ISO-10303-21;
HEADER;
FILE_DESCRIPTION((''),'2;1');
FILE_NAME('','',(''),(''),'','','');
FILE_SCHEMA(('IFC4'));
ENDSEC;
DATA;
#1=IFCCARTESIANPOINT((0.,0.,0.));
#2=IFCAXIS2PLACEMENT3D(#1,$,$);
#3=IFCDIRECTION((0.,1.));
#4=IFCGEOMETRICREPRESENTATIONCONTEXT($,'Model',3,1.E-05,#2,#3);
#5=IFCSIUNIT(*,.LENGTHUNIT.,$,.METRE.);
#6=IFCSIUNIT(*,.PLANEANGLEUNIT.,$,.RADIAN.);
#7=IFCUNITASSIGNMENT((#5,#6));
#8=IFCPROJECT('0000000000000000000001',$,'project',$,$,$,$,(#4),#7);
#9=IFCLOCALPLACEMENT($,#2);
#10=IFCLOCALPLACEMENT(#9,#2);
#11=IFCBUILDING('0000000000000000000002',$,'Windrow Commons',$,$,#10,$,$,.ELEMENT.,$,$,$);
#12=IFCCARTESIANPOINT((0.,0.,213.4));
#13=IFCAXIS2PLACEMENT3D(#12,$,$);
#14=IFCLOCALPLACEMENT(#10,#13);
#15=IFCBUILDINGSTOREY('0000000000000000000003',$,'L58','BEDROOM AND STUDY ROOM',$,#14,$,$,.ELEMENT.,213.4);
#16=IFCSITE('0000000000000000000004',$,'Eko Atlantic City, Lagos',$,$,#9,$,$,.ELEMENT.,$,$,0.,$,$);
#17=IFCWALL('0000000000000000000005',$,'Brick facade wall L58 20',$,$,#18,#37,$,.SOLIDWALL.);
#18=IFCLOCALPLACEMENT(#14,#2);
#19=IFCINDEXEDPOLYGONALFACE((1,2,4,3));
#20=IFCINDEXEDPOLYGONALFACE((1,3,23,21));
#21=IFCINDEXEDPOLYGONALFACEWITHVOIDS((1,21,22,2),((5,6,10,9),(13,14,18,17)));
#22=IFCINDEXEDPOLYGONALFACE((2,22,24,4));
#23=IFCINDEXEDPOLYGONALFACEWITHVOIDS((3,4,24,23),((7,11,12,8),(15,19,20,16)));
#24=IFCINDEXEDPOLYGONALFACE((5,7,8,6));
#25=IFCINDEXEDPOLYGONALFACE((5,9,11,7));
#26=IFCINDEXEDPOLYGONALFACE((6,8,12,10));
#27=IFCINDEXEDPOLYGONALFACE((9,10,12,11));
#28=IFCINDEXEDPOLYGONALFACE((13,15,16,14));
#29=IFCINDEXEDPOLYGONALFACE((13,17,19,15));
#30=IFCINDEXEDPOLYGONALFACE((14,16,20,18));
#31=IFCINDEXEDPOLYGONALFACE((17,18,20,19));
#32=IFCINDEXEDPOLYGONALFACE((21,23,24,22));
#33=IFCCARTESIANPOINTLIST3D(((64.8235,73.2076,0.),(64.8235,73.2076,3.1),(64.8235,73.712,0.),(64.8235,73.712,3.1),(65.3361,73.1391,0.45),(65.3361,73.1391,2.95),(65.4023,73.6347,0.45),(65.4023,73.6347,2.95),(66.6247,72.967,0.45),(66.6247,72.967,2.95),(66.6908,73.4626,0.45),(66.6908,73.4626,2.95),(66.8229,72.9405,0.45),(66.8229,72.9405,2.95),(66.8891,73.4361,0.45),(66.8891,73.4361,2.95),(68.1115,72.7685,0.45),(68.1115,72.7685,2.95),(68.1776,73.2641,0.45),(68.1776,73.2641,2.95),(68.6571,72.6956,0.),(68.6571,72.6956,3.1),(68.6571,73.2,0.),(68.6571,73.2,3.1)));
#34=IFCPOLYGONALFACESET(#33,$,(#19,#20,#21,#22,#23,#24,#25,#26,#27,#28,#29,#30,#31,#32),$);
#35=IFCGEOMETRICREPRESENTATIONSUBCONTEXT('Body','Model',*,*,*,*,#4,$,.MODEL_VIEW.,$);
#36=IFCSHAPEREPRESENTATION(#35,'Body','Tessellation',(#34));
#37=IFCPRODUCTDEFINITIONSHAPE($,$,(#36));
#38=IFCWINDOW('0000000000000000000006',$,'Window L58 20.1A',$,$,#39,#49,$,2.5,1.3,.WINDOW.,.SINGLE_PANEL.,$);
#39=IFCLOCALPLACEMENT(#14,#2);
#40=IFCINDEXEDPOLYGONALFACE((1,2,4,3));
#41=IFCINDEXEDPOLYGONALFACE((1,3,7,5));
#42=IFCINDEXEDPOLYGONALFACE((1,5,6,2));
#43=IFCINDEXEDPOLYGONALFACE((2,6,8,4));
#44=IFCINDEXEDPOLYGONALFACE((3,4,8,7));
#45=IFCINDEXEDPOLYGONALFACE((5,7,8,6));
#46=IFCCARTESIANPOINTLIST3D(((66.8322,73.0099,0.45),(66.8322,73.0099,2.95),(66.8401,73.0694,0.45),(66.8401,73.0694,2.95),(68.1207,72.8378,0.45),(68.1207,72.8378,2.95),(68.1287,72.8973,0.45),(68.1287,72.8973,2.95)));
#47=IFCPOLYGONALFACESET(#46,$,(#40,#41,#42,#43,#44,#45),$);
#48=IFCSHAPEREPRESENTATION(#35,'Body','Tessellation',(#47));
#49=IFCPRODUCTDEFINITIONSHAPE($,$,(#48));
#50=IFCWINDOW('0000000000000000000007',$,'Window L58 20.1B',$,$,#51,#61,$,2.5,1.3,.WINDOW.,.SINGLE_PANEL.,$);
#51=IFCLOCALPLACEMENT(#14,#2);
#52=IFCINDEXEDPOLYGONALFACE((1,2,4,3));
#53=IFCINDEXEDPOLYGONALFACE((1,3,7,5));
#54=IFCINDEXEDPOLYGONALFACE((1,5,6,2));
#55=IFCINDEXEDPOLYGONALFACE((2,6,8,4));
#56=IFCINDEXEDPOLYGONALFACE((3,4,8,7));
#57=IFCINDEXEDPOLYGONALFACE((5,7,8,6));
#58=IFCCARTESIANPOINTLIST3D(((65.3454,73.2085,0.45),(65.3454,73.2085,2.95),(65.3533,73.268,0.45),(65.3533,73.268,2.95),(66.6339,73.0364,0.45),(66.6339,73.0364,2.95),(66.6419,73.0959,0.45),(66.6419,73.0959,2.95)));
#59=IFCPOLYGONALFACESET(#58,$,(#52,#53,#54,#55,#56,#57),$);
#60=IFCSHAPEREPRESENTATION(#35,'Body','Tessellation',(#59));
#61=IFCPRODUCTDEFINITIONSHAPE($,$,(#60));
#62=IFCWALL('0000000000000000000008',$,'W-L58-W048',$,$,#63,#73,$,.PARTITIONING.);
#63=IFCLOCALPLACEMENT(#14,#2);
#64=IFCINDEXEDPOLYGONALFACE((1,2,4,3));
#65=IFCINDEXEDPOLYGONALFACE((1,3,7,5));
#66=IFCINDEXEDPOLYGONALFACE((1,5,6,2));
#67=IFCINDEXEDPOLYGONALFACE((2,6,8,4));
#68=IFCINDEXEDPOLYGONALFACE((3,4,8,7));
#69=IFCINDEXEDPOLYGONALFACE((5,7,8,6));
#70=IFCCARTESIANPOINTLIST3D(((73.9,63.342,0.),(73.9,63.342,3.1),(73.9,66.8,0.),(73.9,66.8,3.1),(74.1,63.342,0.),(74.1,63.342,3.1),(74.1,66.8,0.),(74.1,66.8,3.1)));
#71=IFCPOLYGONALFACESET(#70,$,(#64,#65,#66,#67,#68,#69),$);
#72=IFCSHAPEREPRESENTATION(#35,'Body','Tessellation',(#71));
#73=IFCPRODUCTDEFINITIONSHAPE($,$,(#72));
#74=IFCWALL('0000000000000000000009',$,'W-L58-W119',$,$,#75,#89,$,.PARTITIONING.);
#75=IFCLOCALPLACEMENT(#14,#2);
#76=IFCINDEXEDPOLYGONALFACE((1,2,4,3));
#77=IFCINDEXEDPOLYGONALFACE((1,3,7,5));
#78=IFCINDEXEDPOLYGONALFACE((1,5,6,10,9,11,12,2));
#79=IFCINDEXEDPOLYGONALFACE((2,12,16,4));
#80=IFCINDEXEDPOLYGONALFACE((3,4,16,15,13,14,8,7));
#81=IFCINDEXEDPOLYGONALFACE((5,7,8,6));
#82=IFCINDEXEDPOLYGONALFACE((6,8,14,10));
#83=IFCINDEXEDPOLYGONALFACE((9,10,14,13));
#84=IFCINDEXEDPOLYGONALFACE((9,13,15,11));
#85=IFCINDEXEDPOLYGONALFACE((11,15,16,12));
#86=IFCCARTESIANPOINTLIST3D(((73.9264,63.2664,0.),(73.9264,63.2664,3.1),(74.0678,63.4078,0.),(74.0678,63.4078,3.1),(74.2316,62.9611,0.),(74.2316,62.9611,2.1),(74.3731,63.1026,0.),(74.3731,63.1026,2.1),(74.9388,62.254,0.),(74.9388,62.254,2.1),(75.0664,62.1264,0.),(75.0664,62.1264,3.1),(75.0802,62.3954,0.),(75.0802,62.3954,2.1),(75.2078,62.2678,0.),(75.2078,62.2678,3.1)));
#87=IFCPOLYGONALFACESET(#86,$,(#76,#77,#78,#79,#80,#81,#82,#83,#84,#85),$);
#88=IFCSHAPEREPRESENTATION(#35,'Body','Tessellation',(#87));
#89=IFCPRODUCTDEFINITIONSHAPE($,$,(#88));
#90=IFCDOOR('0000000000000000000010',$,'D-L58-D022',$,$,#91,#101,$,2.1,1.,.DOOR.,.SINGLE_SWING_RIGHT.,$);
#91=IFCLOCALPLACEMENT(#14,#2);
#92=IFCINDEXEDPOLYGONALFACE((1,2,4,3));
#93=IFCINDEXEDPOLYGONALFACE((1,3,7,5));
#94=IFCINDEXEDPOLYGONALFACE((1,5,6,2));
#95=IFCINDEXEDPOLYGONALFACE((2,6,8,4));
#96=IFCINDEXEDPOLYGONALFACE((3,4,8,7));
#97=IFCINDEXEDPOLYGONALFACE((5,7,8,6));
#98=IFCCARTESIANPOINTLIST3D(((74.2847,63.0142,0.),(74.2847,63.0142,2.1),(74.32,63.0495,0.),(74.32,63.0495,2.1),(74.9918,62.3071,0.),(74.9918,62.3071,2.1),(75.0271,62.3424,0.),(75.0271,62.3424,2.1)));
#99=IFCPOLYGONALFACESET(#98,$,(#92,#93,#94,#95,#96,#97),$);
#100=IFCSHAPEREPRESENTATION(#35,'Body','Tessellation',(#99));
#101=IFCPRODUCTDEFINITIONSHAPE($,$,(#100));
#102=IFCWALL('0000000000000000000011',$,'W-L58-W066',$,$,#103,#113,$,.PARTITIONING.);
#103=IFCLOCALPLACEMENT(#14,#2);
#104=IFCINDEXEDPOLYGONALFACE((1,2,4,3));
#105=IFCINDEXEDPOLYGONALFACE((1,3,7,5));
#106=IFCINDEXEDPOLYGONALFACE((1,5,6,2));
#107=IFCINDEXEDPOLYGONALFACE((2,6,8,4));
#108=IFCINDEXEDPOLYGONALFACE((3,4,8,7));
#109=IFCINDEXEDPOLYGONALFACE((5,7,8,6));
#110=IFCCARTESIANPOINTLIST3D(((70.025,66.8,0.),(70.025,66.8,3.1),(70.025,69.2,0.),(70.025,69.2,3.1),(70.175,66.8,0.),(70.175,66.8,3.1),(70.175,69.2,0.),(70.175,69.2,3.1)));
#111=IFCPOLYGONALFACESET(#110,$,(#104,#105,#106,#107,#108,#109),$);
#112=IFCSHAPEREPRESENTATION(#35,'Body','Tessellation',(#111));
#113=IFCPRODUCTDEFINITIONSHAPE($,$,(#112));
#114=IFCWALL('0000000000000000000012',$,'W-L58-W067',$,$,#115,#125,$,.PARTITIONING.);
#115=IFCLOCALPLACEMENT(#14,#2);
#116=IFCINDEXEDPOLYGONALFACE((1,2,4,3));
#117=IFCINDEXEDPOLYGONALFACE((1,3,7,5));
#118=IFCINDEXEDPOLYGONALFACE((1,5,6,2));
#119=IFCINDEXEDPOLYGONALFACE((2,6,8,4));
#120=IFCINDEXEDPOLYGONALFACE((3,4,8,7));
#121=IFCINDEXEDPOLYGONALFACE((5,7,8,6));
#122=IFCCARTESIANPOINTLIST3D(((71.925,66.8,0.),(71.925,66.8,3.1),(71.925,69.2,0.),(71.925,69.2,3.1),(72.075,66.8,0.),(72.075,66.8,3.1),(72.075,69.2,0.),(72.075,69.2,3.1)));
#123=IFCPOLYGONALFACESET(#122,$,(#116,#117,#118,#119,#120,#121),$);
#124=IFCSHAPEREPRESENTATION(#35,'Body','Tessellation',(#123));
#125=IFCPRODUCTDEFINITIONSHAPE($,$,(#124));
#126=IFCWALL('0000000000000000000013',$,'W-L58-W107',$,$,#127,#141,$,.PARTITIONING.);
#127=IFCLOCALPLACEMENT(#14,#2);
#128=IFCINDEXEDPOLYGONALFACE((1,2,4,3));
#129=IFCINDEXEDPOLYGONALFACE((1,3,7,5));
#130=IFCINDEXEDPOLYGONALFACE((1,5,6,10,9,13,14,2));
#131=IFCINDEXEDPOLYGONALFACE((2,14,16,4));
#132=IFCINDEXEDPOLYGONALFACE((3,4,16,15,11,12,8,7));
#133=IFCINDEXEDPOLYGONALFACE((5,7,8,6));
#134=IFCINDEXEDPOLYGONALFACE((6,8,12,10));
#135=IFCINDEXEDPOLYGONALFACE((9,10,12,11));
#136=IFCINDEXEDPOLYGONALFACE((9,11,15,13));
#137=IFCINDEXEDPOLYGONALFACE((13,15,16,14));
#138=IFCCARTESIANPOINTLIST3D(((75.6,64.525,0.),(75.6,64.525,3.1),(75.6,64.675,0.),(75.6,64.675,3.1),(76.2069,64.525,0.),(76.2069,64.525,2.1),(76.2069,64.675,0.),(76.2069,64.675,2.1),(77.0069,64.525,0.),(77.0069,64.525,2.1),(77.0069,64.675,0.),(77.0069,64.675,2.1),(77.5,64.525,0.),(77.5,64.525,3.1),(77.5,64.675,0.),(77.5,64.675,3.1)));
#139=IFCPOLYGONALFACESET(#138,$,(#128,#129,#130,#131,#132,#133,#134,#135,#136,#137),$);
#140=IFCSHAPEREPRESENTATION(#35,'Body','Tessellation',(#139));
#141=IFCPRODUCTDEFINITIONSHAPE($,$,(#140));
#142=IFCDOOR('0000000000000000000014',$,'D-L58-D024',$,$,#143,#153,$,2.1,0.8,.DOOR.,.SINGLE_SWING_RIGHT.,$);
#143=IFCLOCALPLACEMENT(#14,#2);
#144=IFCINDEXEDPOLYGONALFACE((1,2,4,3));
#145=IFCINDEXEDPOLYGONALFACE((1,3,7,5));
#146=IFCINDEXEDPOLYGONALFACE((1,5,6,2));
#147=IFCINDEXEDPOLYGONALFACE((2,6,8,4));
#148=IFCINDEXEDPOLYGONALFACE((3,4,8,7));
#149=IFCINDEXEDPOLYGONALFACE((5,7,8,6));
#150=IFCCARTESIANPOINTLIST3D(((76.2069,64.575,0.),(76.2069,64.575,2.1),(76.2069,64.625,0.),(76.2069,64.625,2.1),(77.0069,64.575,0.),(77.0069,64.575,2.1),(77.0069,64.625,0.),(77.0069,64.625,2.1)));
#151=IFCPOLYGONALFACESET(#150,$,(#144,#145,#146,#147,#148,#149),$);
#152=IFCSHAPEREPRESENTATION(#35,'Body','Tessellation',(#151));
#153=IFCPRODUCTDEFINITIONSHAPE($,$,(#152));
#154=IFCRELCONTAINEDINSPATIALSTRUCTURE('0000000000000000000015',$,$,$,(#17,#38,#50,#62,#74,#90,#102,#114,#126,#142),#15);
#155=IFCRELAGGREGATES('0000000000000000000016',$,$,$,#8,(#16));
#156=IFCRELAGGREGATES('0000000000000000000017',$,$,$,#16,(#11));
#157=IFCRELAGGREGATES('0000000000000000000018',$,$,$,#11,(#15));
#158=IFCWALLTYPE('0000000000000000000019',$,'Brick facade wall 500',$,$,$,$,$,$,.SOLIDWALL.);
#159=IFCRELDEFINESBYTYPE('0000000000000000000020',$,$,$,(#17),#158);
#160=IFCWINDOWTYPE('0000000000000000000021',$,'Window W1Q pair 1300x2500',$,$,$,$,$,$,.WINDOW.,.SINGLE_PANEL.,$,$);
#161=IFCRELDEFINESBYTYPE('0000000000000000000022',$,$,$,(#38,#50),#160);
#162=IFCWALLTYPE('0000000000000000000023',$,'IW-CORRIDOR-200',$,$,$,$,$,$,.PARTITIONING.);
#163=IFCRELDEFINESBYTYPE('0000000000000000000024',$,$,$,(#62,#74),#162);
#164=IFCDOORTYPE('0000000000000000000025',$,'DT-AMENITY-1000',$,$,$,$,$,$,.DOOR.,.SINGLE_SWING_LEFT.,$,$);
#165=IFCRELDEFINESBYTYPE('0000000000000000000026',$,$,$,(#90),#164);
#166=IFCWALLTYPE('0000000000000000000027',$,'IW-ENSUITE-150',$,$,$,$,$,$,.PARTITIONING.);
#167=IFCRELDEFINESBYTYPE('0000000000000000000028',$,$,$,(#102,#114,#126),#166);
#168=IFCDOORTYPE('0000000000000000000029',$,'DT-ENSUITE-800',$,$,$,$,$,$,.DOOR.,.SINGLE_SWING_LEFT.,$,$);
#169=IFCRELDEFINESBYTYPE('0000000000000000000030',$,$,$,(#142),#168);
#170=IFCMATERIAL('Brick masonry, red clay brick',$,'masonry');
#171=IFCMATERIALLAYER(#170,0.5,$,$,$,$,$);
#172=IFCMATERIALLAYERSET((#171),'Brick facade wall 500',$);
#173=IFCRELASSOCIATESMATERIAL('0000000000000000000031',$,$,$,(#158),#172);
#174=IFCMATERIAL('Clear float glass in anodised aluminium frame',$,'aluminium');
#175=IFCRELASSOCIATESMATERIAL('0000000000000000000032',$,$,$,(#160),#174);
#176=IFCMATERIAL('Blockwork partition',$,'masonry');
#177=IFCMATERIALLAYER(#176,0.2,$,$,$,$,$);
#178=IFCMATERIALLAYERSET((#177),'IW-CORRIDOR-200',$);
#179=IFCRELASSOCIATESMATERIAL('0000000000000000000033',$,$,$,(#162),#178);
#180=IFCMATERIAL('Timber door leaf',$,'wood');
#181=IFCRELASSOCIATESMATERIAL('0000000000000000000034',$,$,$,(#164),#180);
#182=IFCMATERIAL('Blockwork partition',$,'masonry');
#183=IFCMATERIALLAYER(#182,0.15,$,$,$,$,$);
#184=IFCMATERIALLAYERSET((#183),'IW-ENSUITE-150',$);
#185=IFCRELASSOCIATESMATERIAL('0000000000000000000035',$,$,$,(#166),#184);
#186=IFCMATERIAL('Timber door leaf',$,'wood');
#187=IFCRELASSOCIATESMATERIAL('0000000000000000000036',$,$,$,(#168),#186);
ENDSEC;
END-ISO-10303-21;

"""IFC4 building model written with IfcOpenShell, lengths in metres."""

from ifc_helpers import new_model, si_unit, direction, frame, frame_2d, origin, place, context, subcontext, project, spatial, polyline, rectangle, outline, extrude, material, layer, layer_set, type_object, element, fill, save


model = new_model("IFC4")

# Units and contexts
model_context = context("Model", 3, precision=1e-05, world=origin(), true_north=direction((0.0, 1.0)))
body_context = subcontext(model_context, "Body", "Model", "MODEL_VIEW")
ifc_project = project(units=[si_unit("LENGTHUNIT", "METRE"), si_unit("PLANEANGLEUNIT", "RADIAN")], contexts=[model_context])

# Site, building, storey
site_placement = place(None, origin())
site = spatial("IfcSite", under=ifc_project, at=site_placement, Name="Eko Atlantic City, Lagos", CompositionType="ELEMENT", RefElevation=0.0)
building_placement = place(site_placement, origin())
building = spatial("IfcBuilding", under=site, at=building_placement, Name="Windrow Commons", CompositionType="ELEMENT")
storey_placement = place(building_placement, frame((0.0, 0.0, 213.4)))
storey = spatial("IfcBuildingStorey", under=building, at=storey_placement, Name="L58", Description="BEDROOM AND STUDY ROOM", CompositionType="ELEMENT", Elevation=213.4)

# Shared definitions
ifc_material_1 = material(Name="Brick masonry, red clay brick", Category="masonry")
ifc_layer_1 = layer(ifc_material_1, 0.5)
ifc_layer_set_1 = layer_set([ifc_layer_1], Name="Brick facade wall 500")
wall_type_1 = type_object("IfcWallType", Name="Brick facade wall 500", PredefinedType="SOLIDWALL", material=ifc_layer_set_1)

# Wall, openings, windows
ifc_material_2 = material(Name="Clear float glass in anodised aluminium frame", Category="aluminium")
window_type_1 = type_object("IfcWindowType", Name="Window W1Q pair 1300x2500", PartitioningType="SINGLE_PANEL", PredefinedType="WINDOW", material=ifc_material_2)
wall_1_placement = place(storey_placement, frame((68.6571, 72.9478, 0.0), z_axis=(0.0, 0.0, 1.0), x_axis=(-0.991199, 0.13238, 0.0)))
wall_1 = element("IfcWall", 1, at=wall_1_placement, inside=storey, type_object=wall_type_1, Name="Brick facade wall L58 20", PredefinedType="SOLIDWALL", context=body_context, shape_type="SweptSolid", body=[
    extrude(outline(polyline([(0.0334, -0.25), (3.901, -0.25), (3.8342, 0.25), (-0.0334, 0.25), (0.0334, -0.25)])), origin(), (0.0, 0.0, 1.0), 3.1),
])
opening_1_placement = place(wall_1_placement, frame((0.5171, 0.0, 0.45)))
opening_1 = element("IfcOpeningElement", 2, at=opening_1_placement, cuts=wall_1, PredefinedType="OPENING", context=body_context, shape_type="SweptSolid", body=[
    extrude(rectangle(XDim=1.3, YDim=2.5, at=frame_2d((0.65, 1.25))), frame((0.0, 0.26, 0.0), z_axis=(0.0, -1.0, 0.0), x_axis=(1.0, 0.0, 0.0)), (0.0, 0.0, 1.0), 0.52),
])
opening_2_placement = place(wall_1_placement, frame((2.0171, 0.0, 0.45)))
opening_2 = element("IfcOpeningElement", 3, at=opening_2_placement, cuts=wall_1, PredefinedType="OPENING", context=body_context, shape_type="SweptSolid", body=[
    extrude(rectangle(XDim=1.3, YDim=2.5, at=frame_2d((0.65, 1.25))), frame((0.0, 0.26, 0.0), z_axis=(0.0, -1.0, 0.0), x_axis=(1.0, 0.0, 0.0)), (0.0, 0.0, 1.0), 0.52),
])
window_1_placement = place(opening_1_placement, origin())
window_1 = element("IfcWindow", 4, at=window_1_placement, inside=storey, type_object=window_type_1, Name="Window L58 20.1A", OverallHeight=2.5, OverallWidth=1.3, PartitioningType="SINGLE_PANEL", PredefinedType="WINDOW", context=body_context, shape_type="SweptSolid", body=[
    extrude(rectangle(XDim=1.3, YDim=2.5, at=frame_2d((0.65, 1.25))), frame((0.0, 0.18, 0.0), z_axis=(0.0, -1.0, 0.0), x_axis=(1.0, 0.0, 0.0)), (0.0, 0.0, 1.0), 0.06),
])
fill(opening_1, window_1)
window_2_placement = place(opening_2_placement, origin())
window_2 = element("IfcWindow", 5, at=window_2_placement, inside=storey, type_object=window_type_1, Name="Window L58 20.1B", OverallHeight=2.5, OverallWidth=1.3, PartitioningType="SINGLE_PANEL", PredefinedType="WINDOW", context=body_context, shape_type="SweptSolid", body=[
    extrude(rectangle(XDim=1.3, YDim=2.5, at=frame_2d((0.65, 1.25))), frame((0.0, 0.18, 0.0), z_axis=(0.0, -1.0, 0.0), x_axis=(1.0, 0.0, 0.0)), (0.0, 0.0, 1.0), 0.06),
])
fill(opening_2, window_2)

# Wall
ifc_material_3 = material(Name="Blockwork partition", Category="masonry")
ifc_layer_2 = layer(ifc_material_3, 0.2)
ifc_layer_set_2 = layer_set([ifc_layer_2], Name="IW-CORRIDOR-200")
wall_type_2 = type_object("IfcWallType", Name="IW-CORRIDOR-200", PredefinedType="PARTITIONING", material=ifc_layer_set_2)
wall_2_placement = place(storey_placement, frame((74.0, 63.342, 0.0), z_axis=(0.0, 0.0, 1.0), x_axis=(0.0, 1.0, 0.0)))
element("IfcWall", 6, at=wall_2_placement, inside=storey, type_object=wall_type_2, Name="W-L58-W048", PredefinedType="PARTITIONING", context=body_context, shape_type="SweptSolid", body=[
    extrude(rectangle(XDim=3.458, YDim=0.2, at=frame_2d((1.729, 0.0))), origin(), (0.0, 0.0, 1.0), 3.1),
])

# Wall, opening, door
wall_3_placement = place(storey_placement, frame((73.9971, 63.3371, 0.0), z_axis=(0.0, 0.0, 1.0), x_axis=(0.707107, -0.707107, 0.0)))
wall_3 = element("IfcWall", 7, at=wall_3_placement, inside=storey, type_object=wall_type_2, Name="W-L58-W119", PredefinedType="PARTITIONING", context=body_context, shape_type="SweptSolid", body=[
    extrude(rectangle(XDim=1.6122, YDim=0.2, at=frame_2d((0.8061, 0.0))), origin(), (0.0, 0.0, 1.0), 3.1),
])
opening_3_placement = place(wall_3_placement, frame((0.4317, 0.0, 0.0)))
opening_3 = element("IfcOpeningElement", 8, at=opening_3_placement, cuts=wall_3, PredefinedType="OPENING", context=body_context, shape_type="SweptSolid", body=[
    extrude(rectangle(XDim=1.0, YDim=2.1, at=frame_2d((0.5, 1.05))), frame((0.0, 0.11, 0.0), z_axis=(0.0, -1.0, 0.0), x_axis=(1.0, 0.0, 0.0)), (0.0, 0.0, 1.0), 0.22),
])
ifc_material_4 = material(Name="Timber door leaf", Category="wood")
door_type_1 = type_object("IfcDoorType", Name="DT-AMENITY-1000", OperationType="SINGLE_SWING_LEFT", PredefinedType="DOOR", material=ifc_material_4)
door_1_placement = place(opening_3_placement, origin())
door_1 = element("IfcDoor", 9, at=door_1_placement, inside=storey, type_object=door_type_1, Name="D-L58-D022", OperationType="SINGLE_SWING_RIGHT", OverallHeight=2.1, OverallWidth=1.0, PredefinedType="DOOR", context=body_context, shape_type="SweptSolid", body=[
    extrude(rectangle(XDim=1.0, YDim=2.1, at=frame_2d((0.5, 1.05))), frame((0.0, 0.025, 0.0), z_axis=(0.0, -1.0, 0.0), x_axis=(1.0, 0.0, 0.0)), (0.0, 0.0, 1.0), 0.05),
])
fill(opening_3, door_1)

# Walls
ifc_material_5 = material(Name="Blockwork partition", Category="masonry")
ifc_layer_3 = layer(ifc_material_5, 0.15)
ifc_layer_set_3 = layer_set([ifc_layer_3], Name="IW-ENSUITE-150")
wall_type_3 = type_object("IfcWallType", Name="IW-ENSUITE-150", PredefinedType="PARTITIONING", material=ifc_layer_set_3)
for number, where, z_axis, x_axis, name in (
    (10, (70.1, 66.8, 0.0), (0.0, 0.0, 1.0), (0.0, 1.0, 0.0), "W-L58-W066"),
    (11, (72.0, 66.8, 0.0), (0.0, 0.0, 1.0), (0.0, 1.0, 0.0), "W-L58-W067"),
):
    element("IfcWall", number, at=place(storey_placement, frame(where, z_axis=z_axis, x_axis=x_axis)), inside=storey, type_object=wall_type_3, Name=name, PredefinedType="PARTITIONING", context=body_context, shape_type="SweptSolid", body=[
        extrude(rectangle(XDim=2.4, YDim=0.15, at=frame_2d((1.2, 0.0))), origin(), (0.0, 0.0, 1.0), 3.1),
    ])

# Wall, opening, door
wall_4_placement = place(storey_placement, frame((75.6, 64.6, 0.0), z_axis=(0.0, 0.0, 1.0), x_axis=(1.0, 0.0, 0.0)))
wall_4 = element("IfcWall", 12, at=wall_4_placement, inside=storey, type_object=wall_type_3, Name="W-L58-W107", PredefinedType="PARTITIONING", context=body_context, shape_type="SweptSolid", body=[
    extrude(rectangle(XDim=1.9, YDim=0.15, at=frame_2d((0.95, 0.0))), origin(), (0.0, 0.0, 1.0), 3.1),
])
opening_4_placement = place(wall_4_placement, frame((0.6069, 0.0, 0.0)))
opening_4 = element("IfcOpeningElement", 13, at=opening_4_placement, cuts=wall_4, PredefinedType="OPENING", context=body_context, shape_type="SweptSolid", body=[
    extrude(rectangle(XDim=0.8, YDim=2.1, at=frame_2d((0.4, 1.05))), frame((0.0, 0.085, 0.0), z_axis=(0.0, -1.0, 0.0), x_axis=(1.0, 0.0, 0.0)), (0.0, 0.0, 1.0), 0.17),
])
ifc_material_6 = material(Name="Timber door leaf", Category="wood")
door_type_2 = type_object("IfcDoorType", Name="DT-ENSUITE-800", OperationType="SINGLE_SWING_LEFT", PredefinedType="DOOR", material=ifc_material_6)
door_2_placement = place(opening_4_placement, origin())
door_2 = element("IfcDoor", 14, at=door_2_placement, inside=storey, type_object=door_type_2, Name="D-L58-D024", OperationType="SINGLE_SWING_RIGHT", OverallHeight=2.1, OverallWidth=0.8, PredefinedType="DOOR", context=body_context, shape_type="SweptSolid", body=[
    extrude(rectangle(XDim=0.8, YDim=2.1, at=frame_2d((0.4, 1.05))), frame((0.0, 0.025, 0.0), z_axis=(0.0, -1.0, 0.0), x_axis=(1.0, 0.0, 0.0)), (0.0, 0.0, 1.0), 0.05),
])
fill(opening_4, door_2)

save(model, "model.ifc")
